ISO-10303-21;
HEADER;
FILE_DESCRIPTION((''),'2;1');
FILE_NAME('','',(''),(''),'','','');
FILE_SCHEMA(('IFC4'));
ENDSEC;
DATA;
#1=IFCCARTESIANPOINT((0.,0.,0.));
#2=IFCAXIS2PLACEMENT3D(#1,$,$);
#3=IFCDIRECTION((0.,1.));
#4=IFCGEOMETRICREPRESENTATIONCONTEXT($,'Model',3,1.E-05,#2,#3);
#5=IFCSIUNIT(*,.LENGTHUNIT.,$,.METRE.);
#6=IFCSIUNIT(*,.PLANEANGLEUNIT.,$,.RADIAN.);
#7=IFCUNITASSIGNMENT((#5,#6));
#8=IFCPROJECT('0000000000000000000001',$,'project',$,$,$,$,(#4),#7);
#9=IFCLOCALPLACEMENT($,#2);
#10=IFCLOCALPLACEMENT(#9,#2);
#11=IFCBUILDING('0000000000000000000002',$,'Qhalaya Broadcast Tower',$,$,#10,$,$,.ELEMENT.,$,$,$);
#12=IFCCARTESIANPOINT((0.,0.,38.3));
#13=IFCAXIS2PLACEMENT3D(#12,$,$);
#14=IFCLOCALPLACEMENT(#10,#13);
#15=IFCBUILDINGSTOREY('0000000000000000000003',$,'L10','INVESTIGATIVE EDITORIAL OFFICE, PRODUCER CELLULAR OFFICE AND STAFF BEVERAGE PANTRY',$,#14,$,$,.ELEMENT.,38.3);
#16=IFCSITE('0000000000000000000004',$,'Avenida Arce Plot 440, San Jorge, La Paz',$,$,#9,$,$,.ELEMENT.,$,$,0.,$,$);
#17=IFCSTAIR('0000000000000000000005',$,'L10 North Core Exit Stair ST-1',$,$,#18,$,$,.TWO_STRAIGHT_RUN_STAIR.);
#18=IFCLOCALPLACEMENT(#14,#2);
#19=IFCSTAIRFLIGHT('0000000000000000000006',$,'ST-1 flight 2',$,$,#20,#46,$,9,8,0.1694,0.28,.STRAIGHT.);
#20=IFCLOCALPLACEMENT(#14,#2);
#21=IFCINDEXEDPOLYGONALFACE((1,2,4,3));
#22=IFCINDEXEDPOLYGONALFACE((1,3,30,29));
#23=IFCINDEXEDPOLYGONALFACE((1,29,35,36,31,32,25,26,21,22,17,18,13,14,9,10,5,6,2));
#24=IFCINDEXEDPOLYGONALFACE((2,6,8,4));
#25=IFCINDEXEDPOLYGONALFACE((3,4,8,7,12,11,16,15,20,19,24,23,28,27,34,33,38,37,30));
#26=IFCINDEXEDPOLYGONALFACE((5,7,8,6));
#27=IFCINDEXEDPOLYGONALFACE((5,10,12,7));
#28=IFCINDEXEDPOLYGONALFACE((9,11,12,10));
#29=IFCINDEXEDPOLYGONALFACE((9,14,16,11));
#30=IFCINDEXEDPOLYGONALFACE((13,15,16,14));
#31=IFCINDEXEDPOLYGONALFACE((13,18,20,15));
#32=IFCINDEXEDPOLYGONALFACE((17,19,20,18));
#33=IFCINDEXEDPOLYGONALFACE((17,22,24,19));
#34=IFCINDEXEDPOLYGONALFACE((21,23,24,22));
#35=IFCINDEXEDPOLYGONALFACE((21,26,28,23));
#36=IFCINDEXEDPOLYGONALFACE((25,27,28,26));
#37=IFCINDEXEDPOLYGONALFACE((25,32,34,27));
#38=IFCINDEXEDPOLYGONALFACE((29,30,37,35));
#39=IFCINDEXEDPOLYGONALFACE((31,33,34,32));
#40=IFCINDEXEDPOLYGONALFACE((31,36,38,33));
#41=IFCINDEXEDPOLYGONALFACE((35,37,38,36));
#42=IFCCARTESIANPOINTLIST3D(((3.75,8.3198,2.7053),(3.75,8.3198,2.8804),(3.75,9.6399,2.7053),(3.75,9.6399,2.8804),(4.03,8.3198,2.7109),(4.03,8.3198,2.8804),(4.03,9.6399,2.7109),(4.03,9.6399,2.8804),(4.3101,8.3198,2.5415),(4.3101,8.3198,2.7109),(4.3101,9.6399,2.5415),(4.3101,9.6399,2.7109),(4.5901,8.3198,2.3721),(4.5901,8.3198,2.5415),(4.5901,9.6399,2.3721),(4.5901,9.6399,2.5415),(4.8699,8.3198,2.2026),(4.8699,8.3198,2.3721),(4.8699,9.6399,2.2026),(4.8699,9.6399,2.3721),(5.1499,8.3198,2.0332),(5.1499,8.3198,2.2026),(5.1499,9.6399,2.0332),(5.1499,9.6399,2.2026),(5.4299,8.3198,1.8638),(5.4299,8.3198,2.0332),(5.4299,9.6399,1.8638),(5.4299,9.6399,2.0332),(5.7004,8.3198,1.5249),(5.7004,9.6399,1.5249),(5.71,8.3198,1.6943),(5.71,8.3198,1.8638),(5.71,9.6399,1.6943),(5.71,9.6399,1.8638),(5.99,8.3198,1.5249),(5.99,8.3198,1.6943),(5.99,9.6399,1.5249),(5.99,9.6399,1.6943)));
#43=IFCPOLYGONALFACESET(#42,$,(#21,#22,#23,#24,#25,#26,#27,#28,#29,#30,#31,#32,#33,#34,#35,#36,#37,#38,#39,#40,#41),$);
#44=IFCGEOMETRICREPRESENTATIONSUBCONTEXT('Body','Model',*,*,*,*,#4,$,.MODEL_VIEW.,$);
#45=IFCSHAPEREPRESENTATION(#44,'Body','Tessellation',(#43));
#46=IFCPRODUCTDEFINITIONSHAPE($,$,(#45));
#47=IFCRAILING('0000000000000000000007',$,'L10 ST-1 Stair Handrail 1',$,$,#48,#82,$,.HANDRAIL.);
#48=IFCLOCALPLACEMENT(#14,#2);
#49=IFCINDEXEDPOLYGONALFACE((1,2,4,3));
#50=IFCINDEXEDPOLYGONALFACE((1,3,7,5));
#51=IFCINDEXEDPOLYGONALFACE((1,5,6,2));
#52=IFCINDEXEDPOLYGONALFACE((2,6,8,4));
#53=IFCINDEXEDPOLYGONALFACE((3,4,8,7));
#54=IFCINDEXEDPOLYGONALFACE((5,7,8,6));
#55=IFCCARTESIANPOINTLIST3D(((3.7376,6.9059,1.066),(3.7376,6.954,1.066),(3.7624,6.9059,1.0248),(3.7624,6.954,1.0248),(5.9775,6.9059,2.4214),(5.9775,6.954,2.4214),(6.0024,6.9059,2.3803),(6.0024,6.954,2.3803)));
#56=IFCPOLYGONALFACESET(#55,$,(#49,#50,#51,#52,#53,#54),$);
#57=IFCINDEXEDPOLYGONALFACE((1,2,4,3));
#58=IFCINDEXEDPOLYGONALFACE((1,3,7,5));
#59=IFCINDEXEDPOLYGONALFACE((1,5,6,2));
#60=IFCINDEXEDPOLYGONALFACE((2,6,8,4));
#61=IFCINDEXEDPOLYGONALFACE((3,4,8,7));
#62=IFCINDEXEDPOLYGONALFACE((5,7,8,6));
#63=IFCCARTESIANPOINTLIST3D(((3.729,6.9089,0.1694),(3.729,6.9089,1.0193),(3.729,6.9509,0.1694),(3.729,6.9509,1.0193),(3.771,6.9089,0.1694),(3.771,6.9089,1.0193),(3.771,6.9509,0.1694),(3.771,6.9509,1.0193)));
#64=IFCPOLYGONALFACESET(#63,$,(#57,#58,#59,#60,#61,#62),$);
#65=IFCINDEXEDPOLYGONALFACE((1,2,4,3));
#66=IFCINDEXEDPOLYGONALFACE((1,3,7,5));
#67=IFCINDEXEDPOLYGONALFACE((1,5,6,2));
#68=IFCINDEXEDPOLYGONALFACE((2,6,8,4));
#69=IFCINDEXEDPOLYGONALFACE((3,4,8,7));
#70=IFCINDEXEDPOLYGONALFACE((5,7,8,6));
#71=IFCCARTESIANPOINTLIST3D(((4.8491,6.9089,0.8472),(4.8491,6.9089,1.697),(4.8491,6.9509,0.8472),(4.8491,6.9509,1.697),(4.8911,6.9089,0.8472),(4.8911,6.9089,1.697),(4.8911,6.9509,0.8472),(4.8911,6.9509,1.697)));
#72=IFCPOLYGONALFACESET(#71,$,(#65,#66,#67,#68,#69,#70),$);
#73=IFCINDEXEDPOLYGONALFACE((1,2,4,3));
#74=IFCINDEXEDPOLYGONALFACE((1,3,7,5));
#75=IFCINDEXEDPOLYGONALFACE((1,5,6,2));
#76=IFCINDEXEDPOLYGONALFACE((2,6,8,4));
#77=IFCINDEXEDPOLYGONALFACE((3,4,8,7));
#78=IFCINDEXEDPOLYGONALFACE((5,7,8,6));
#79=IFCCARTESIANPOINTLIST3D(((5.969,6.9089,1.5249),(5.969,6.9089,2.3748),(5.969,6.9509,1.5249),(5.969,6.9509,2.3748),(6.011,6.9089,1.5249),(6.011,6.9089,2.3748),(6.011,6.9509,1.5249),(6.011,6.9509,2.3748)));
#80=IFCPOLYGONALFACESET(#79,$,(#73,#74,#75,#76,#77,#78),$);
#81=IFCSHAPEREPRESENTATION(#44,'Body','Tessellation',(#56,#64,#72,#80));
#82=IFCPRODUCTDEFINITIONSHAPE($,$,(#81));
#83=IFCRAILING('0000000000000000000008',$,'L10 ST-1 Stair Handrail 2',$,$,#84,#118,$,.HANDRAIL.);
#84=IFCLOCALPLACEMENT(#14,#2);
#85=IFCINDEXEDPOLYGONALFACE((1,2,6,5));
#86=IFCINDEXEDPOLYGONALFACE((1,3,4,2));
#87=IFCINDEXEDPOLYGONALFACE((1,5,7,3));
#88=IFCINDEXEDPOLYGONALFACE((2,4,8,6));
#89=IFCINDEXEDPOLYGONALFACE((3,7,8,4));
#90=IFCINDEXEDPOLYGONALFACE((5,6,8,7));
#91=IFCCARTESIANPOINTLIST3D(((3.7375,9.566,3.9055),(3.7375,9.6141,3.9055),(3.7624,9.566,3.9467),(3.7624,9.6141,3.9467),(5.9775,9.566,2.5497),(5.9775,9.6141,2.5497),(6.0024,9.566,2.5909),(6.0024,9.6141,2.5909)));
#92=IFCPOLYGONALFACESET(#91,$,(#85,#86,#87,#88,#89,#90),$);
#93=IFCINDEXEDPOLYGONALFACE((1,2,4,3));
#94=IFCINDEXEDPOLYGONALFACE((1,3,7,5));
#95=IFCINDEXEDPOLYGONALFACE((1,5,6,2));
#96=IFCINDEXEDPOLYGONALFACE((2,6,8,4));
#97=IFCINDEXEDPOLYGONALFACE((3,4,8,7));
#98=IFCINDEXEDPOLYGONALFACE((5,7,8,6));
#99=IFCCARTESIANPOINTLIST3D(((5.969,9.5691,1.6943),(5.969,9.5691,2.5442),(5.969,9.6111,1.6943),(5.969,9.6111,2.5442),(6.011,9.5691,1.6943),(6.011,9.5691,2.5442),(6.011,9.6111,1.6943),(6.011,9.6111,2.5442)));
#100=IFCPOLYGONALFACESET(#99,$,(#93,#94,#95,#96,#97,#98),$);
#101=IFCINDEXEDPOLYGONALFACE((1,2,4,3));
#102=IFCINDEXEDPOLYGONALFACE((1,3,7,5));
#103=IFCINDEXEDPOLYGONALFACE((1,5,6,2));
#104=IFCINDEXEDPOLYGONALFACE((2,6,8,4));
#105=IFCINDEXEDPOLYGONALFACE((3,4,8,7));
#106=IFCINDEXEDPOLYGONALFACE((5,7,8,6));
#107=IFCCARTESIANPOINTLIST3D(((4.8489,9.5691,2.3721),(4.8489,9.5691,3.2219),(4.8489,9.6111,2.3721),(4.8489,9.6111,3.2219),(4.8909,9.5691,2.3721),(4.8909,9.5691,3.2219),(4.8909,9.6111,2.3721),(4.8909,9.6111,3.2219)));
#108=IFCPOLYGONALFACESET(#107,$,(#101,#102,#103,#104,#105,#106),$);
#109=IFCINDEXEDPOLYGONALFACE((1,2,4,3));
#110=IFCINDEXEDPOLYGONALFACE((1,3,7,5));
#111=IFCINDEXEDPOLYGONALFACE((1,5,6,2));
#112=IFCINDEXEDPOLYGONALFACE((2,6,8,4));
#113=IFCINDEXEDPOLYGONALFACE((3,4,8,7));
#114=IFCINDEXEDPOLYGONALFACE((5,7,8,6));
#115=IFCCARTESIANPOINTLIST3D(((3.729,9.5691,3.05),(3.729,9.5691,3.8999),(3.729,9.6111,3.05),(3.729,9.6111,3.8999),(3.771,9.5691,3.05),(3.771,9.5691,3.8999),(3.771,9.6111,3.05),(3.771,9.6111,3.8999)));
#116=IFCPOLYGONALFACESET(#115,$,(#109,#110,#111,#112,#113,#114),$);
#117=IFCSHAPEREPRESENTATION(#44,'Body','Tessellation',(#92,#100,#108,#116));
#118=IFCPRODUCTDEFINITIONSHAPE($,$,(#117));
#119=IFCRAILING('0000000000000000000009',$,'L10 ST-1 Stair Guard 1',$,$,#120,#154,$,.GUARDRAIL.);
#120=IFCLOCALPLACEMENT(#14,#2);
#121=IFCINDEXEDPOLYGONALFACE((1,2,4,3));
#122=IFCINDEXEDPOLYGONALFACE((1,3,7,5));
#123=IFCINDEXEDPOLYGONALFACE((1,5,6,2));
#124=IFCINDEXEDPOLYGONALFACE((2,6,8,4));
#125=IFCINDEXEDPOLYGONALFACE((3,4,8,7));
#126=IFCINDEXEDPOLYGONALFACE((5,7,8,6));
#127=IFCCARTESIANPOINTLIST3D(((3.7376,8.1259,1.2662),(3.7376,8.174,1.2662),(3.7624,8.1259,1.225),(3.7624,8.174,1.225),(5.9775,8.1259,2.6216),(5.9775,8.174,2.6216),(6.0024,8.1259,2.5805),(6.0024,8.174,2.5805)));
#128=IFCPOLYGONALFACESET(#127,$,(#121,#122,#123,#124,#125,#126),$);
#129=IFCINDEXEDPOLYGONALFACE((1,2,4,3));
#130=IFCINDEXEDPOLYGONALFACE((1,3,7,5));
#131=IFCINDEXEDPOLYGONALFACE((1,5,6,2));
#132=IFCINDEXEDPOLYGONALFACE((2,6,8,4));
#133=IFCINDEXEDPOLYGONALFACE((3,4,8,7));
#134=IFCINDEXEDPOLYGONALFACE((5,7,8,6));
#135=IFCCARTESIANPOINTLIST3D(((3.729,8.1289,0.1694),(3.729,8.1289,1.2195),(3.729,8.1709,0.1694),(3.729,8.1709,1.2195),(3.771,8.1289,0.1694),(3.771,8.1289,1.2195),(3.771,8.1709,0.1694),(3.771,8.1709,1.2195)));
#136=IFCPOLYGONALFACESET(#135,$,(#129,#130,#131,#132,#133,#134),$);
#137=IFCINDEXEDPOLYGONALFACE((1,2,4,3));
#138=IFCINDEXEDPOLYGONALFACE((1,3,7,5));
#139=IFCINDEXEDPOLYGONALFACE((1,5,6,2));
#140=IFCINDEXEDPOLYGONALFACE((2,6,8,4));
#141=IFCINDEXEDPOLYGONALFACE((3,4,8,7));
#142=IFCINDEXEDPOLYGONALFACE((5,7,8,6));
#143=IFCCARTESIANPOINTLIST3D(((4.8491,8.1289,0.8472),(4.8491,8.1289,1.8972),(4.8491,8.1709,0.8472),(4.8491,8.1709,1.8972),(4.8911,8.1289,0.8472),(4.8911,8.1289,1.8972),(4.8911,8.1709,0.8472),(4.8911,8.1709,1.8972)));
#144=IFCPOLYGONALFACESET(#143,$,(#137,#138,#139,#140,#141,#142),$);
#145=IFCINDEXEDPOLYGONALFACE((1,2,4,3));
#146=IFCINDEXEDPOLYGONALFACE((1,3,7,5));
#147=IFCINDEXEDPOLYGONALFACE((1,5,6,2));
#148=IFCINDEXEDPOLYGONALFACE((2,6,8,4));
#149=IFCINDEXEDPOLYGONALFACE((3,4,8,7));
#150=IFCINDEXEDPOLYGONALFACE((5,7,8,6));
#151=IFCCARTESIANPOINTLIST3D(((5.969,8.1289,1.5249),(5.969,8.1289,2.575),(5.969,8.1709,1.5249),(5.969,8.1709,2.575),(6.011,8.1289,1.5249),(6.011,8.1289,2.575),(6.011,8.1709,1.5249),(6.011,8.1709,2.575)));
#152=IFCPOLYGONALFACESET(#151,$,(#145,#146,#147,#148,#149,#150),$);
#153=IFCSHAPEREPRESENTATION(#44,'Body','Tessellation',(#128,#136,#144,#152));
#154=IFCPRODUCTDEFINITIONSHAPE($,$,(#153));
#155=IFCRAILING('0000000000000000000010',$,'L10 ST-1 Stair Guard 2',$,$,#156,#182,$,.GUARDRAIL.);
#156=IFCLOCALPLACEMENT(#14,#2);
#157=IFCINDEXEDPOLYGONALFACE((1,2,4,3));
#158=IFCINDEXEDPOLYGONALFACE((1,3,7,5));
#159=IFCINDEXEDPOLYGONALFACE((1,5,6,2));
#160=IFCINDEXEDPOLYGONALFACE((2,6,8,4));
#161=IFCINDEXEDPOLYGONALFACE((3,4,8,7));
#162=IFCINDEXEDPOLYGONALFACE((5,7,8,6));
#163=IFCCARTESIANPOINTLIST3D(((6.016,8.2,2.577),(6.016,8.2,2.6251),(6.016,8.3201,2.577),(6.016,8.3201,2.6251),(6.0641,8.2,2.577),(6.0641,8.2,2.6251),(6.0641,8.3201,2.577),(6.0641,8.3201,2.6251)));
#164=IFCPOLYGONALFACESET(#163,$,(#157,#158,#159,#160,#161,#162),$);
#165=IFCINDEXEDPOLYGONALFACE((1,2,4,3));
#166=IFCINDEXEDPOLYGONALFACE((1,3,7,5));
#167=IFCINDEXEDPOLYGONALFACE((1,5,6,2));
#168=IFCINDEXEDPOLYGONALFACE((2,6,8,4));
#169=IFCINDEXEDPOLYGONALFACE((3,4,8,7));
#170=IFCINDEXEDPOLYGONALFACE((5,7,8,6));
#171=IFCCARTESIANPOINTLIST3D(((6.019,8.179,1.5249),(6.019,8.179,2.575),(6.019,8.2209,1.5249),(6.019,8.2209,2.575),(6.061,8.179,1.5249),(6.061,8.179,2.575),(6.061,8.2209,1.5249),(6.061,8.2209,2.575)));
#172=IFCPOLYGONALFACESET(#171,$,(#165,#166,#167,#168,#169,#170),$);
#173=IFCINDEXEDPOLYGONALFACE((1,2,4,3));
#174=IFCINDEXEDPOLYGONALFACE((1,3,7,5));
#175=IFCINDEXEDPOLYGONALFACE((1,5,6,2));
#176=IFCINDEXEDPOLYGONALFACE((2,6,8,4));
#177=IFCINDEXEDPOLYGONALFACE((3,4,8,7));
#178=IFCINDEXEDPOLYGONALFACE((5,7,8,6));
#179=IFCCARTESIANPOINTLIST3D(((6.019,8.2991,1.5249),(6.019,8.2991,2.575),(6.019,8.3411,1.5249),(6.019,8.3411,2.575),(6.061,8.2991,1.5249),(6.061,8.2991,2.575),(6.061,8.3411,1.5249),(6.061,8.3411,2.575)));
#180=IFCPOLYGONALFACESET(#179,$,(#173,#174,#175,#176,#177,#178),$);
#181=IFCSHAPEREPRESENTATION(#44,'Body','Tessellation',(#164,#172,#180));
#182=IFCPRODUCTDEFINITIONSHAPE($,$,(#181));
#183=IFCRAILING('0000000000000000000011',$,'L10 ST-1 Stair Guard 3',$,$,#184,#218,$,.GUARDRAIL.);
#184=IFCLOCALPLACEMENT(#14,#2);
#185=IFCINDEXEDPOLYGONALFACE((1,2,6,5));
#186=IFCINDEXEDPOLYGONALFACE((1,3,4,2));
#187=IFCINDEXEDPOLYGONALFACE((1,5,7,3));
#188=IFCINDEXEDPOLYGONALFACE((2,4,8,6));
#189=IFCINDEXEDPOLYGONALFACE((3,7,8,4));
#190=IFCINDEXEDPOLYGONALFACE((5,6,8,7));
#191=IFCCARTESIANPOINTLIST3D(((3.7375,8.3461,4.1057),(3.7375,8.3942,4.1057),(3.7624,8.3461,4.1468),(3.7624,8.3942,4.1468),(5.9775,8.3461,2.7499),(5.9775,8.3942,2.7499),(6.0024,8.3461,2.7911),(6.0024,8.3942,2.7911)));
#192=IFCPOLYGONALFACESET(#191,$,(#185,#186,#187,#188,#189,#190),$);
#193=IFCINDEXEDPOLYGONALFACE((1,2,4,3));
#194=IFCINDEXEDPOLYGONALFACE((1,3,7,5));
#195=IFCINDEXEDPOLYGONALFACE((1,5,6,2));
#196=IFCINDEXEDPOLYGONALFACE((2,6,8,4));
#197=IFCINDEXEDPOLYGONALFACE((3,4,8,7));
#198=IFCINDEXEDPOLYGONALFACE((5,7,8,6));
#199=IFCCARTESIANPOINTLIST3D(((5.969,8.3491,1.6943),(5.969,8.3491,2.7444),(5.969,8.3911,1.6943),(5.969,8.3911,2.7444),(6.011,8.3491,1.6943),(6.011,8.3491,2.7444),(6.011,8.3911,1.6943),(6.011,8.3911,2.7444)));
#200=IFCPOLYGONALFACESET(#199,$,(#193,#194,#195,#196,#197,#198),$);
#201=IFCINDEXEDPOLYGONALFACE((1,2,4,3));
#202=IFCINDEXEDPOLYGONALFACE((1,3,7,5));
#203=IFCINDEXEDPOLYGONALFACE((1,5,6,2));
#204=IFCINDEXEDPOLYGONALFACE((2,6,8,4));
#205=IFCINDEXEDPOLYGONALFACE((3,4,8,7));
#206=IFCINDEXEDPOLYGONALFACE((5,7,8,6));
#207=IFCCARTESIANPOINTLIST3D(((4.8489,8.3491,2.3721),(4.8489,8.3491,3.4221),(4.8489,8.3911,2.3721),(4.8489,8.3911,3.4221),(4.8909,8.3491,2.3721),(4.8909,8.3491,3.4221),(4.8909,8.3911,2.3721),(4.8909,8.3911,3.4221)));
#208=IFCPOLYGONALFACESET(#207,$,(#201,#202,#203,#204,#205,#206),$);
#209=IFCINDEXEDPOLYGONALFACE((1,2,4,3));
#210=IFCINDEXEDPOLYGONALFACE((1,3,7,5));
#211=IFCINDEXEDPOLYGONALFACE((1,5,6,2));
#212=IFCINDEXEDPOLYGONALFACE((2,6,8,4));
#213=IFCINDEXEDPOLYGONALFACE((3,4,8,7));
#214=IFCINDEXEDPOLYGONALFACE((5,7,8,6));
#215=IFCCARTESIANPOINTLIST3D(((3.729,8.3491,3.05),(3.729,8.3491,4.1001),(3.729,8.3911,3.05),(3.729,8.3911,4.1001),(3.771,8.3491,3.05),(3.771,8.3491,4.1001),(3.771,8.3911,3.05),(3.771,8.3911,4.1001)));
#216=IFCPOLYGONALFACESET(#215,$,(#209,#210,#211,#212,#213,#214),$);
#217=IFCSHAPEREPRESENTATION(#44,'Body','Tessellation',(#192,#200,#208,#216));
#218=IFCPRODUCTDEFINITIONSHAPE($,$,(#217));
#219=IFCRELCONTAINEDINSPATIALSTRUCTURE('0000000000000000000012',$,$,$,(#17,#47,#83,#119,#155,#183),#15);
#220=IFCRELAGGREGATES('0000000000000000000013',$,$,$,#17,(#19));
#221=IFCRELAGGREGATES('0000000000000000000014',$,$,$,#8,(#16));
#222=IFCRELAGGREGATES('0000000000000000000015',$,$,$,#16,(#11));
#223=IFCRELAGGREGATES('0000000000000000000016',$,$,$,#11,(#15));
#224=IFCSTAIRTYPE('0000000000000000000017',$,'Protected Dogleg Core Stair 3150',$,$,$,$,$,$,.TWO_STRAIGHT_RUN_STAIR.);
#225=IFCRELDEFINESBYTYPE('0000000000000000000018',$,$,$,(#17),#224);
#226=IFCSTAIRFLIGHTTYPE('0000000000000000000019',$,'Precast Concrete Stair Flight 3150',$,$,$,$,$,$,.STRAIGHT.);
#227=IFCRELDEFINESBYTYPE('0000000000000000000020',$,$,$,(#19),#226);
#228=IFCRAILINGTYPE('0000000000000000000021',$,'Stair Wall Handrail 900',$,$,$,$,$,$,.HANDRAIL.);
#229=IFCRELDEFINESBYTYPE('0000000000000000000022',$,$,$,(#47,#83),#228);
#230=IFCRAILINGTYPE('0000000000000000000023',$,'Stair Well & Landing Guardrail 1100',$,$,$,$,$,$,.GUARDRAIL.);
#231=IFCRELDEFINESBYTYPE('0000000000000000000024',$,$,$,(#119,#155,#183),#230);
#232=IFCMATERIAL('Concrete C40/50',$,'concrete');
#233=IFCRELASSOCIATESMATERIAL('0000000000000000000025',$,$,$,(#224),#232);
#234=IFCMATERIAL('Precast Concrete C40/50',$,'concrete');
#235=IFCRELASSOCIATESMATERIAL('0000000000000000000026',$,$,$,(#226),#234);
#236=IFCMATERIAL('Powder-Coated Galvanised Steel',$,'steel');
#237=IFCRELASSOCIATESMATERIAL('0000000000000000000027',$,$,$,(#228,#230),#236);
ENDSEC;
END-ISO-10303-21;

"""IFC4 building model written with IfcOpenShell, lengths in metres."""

from ifc_helpers import new_model, si_unit, direction, frame, origin, origin_2d, place, context, subcontext, project, spatial, polyline, rectangle, outline, extrude, material, type_object, element, aggregate, save


model = new_model("IFC4")

# Units and contexts
model_context = context("Model", 3, precision=1e-05, world=origin(), true_north=direction((0.0, 1.0)))
body_context = subcontext(model_context, "Body", "Model", "MODEL_VIEW")
ifc_project = project(units=[si_unit("LENGTHUNIT", "METRE"), si_unit("PLANEANGLEUNIT", "RADIAN")], contexts=[model_context])

# Site, building, storey
site_placement = place(None, origin())
site = spatial("IfcSite", under=ifc_project, at=site_placement, Name="Avenida Arce Plot 440, San Jorge, La Paz", CompositionType="ELEMENT", RefElevation=0.0)
building_placement = place(site_placement, origin())
building = spatial("IfcBuilding", under=site, at=building_placement, Name="Qhalaya Broadcast Tower", CompositionType="ELEMENT")
storey_placement = place(building_placement, frame((0.0, 0.0, 38.3)))
storey = spatial("IfcBuildingStorey", under=building, at=storey_placement, Name="L10", Description="INVESTIGATIVE EDITORIAL OFFICE, PRODUCER CELLULAR OFFICE AND STAFF BEVERAGE PANTRY", CompositionType="ELEMENT", Elevation=38.3)

# Stair, stair flight
ifc_material_1 = material(Name="Concrete C40/50", Category="concrete")
stair_type = type_object("IfcStairType", Name="Protected Dogleg Core Stair 3150", PredefinedType="TWO_STRAIGHT_RUN_STAIR", material=ifc_material_1)
stair_placement = place(storey_placement, origin())
stair = element("IfcStair", 1, at=stair_placement, inside=storey, type_object=stair_type, Name="L10 North Core Exit Stair ST-1", PredefinedType="TWO_STRAIGHT_RUN_STAIR")
ifc_material_2 = material(Name="Precast Concrete C40/50", Category="concrete")
stair_flight_type = type_object("IfcStairFlightType", Name="Precast Concrete Stair Flight 3150", PredefinedType="STRAIGHT", material=ifc_material_2)
stair_flight_1_placement = place(storey_placement, frame((5.99, 8.98, 1.5249), z_axis=(0.0, 0.0, 1.0), x_axis=(-1.0, 0.0, 0.0)))
stair_flight_1 = element("IfcStairFlight", 2, at=stair_flight_1_placement, type_object=stair_flight_type, Name="ST-1 flight 2", NumberOfRisers=9, NumberOfTreads=8, PredefinedType="STRAIGHT", RiserHeight=0.1694, TreadLength=0.28, context=body_context, shape_type="SweptSolid", body=[
    extrude(outline(polyline([(0.0, 0.0), (0.0, 0.1694), (0.28, 0.1694), (0.28, 0.3389), (0.5601, 0.3389), (0.5601, 0.5083), (0.8401, 0.5083), (0.8401, 0.6777), (1.1201, 0.6777), (1.1201, 0.8472), (1.3999, 0.8472), (1.3999, 1.0166), (1.6799, 1.0166), (1.6799, 1.186), (1.96, 1.186), (1.96, 1.3555), (2.24, 1.3555), (2.24, 1.5249), (2.24, 1.1804), (0.2896, 0.0), (0.0, 0.0)])), frame((0.0, 0.6602, 0.0), z_axis=(0.0, -1.0, 0.0), x_axis=(1.0, 0.0, 0.0)), (0.0, 0.0, 1.0), 1.3201),
])
aggregate(stair, [stair_flight_1])

# Railings
ifc_material_3 = material(Name="Powder-Coated Galvanised Steel", Category="steel")
railing_type_1 = type_object("IfcRailingType", Name="Stair Wall Handrail 900", PredefinedType="HANDRAIL", material=ifc_material_3)
railing_1_placement = place(storey_placement, frame((3.75, 6.9299, 0.1694)))
element("IfcRailing", 3, at=railing_1_placement, inside=storey, type_object=railing_type_1, Name="L10 ST-1 Stair Handrail 1", PredefinedType="HANDRAIL", context=body_context, shape_type="SweptSolid", body=[
    extrude(rectangle(XDim=0.0481, YDim=0.0481, at=origin_2d()), frame((0.0, 0.0, 0.876), z_axis=(0.855553, 0.0, 0.517715), x_axis=(0.0, 1.0, 0.0)), (0.0, 0.0, 1.0), 2.6182),
    extrude(rectangle(XDim=0.042, YDim=0.042, at=origin_2d()), origin(), (0.0, 0.0, 1.0), 0.8499),
    extrude(rectangle(XDim=0.042, YDim=0.042, at=origin_2d()), frame((1.1201, 0.0, 0.6777)), (0.0, 0.0, 1.0), 0.8499),
    extrude(rectangle(XDim=0.042, YDim=0.042, at=origin_2d()), frame((2.24, 0.0, 1.3555)), (0.0, 0.0, 1.0), 0.8499),
])
railing_2_placement = place(storey_placement, frame((5.99, 9.5901, 1.6943)))
element("IfcRailing", 4, at=railing_2_placement, inside=storey, type_object=railing_type_1, Name="L10 ST-1 Stair Handrail 2", PredefinedType="HANDRAIL", context=body_context, shape_type="SweptSolid", body=[
    extrude(rectangle(XDim=0.0481, YDim=0.0481, at=origin_2d()), frame((0.0, 0.0, 0.876), z_axis=(-0.855512, 0.0, 0.517783), x_axis=(0.0, -1.0, 0.0)), (0.0, 0.0, 1.0), 2.6184),
    extrude(rectangle(XDim=0.042, YDim=0.042, at=origin_2d()), origin(), (0.0, 0.0, 1.0), 0.8499),
    extrude(rectangle(XDim=0.042, YDim=0.042, at=origin_2d()), frame((-1.1201, 0.0, 0.6777)), (0.0, 0.0, 1.0), 0.8499),
    extrude(rectangle(XDim=0.042, YDim=0.042, at=origin_2d()), frame((-2.24, 0.0, 1.3557)), (0.0, 0.0, 1.0), 0.8499),
])
railing_type_2 = type_object("IfcRailingType", Name="Stair Well & Landing Guardrail 1100", PredefinedType="GUARDRAIL", material=ifc_material_3)
railing_3_placement = place(storey_placement, frame((3.75, 8.1499, 0.1694)))
element("IfcRailing", 5, at=railing_3_placement, inside=storey, type_object=railing_type_2, Name="L10 ST-1 Stair Guard 1", PredefinedType="GUARDRAIL", context=body_context, shape_type="SweptSolid", body=[
    extrude(rectangle(XDim=0.0481, YDim=0.0481, at=origin_2d()), frame((0.0, 0.0, 1.0762), z_axis=(0.855553, 0.0, 0.517715), x_axis=(0.0, 1.0, 0.0)), (0.0, 0.0, 1.0), 2.6182),
    extrude(rectangle(XDim=0.042, YDim=0.042, at=origin_2d()), origin(), (0.0, 0.0, 1.0), 1.05),
    extrude(rectangle(XDim=0.042, YDim=0.042, at=origin_2d()), frame((1.1201, 0.0, 0.6777)), (0.0, 0.0, 1.0), 1.05),
    extrude(rectangle(XDim=0.042, YDim=0.042, at=origin_2d()), frame((2.24, 0.0, 1.3555)), (0.0, 0.0, 1.0), 1.05),
])
railing_4_placement = place(storey_placement, frame((6.04, 8.2, 1.5249)))
element("IfcRailing", 6, at=railing_4_placement, inside=storey, type_object=railing_type_2, Name="L10 ST-1 Stair Guard 2", PredefinedType="GUARDRAIL", context=body_context, shape_type="SweptSolid", body=[
    extrude(rectangle(XDim=0.0481, YDim=0.0481, at=origin_2d()), frame((0.0, 0.0, 1.0762), z_axis=(0.0, 1.0, 0.0), x_axis=(-1.0, 0.0, 0.0)), (0.0, 0.0, 1.0), 0.1201),
    extrude(rectangle(XDim=0.042, YDim=0.042, at=origin_2d()), origin(), (0.0, 0.0, 1.0), 1.05),
    extrude(rectangle(XDim=0.042, YDim=0.042, at=origin_2d()), frame((0.0, 0.1201, 0.0)), (0.0, 0.0, 1.0), 1.05),
])
railing_5_placement = place(storey_placement, frame((5.99, 8.3701, 1.6943)))
element("IfcRailing", 7, at=railing_5_placement, inside=storey, type_object=railing_type_2, Name="L10 ST-1 Stair Guard 3", PredefinedType="GUARDRAIL", context=body_context, shape_type="SweptSolid", body=[
    extrude(rectangle(XDim=0.0481, YDim=0.0481, at=origin_2d()), frame((0.0, 0.0, 1.0762), z_axis=(-0.855512, 0.0, 0.517783), x_axis=(0.0, -1.0, 0.0)), (0.0, 0.0, 1.0), 2.6184),
    extrude(rectangle(XDim=0.042, YDim=0.042, at=origin_2d()), origin(), (0.0, 0.0, 1.0), 1.05),
    extrude(rectangle(XDim=0.042, YDim=0.042, at=origin_2d()), frame((-1.1201, 0.0, 0.6777)), (0.0, 0.0, 1.0), 1.05),
    extrude(rectangle(XDim=0.042, YDim=0.042, at=origin_2d()), frame((-2.24, 0.0, 1.3557)), (0.0, 0.0, 1.0), 1.05),
])

save(model, "model.ifc")
